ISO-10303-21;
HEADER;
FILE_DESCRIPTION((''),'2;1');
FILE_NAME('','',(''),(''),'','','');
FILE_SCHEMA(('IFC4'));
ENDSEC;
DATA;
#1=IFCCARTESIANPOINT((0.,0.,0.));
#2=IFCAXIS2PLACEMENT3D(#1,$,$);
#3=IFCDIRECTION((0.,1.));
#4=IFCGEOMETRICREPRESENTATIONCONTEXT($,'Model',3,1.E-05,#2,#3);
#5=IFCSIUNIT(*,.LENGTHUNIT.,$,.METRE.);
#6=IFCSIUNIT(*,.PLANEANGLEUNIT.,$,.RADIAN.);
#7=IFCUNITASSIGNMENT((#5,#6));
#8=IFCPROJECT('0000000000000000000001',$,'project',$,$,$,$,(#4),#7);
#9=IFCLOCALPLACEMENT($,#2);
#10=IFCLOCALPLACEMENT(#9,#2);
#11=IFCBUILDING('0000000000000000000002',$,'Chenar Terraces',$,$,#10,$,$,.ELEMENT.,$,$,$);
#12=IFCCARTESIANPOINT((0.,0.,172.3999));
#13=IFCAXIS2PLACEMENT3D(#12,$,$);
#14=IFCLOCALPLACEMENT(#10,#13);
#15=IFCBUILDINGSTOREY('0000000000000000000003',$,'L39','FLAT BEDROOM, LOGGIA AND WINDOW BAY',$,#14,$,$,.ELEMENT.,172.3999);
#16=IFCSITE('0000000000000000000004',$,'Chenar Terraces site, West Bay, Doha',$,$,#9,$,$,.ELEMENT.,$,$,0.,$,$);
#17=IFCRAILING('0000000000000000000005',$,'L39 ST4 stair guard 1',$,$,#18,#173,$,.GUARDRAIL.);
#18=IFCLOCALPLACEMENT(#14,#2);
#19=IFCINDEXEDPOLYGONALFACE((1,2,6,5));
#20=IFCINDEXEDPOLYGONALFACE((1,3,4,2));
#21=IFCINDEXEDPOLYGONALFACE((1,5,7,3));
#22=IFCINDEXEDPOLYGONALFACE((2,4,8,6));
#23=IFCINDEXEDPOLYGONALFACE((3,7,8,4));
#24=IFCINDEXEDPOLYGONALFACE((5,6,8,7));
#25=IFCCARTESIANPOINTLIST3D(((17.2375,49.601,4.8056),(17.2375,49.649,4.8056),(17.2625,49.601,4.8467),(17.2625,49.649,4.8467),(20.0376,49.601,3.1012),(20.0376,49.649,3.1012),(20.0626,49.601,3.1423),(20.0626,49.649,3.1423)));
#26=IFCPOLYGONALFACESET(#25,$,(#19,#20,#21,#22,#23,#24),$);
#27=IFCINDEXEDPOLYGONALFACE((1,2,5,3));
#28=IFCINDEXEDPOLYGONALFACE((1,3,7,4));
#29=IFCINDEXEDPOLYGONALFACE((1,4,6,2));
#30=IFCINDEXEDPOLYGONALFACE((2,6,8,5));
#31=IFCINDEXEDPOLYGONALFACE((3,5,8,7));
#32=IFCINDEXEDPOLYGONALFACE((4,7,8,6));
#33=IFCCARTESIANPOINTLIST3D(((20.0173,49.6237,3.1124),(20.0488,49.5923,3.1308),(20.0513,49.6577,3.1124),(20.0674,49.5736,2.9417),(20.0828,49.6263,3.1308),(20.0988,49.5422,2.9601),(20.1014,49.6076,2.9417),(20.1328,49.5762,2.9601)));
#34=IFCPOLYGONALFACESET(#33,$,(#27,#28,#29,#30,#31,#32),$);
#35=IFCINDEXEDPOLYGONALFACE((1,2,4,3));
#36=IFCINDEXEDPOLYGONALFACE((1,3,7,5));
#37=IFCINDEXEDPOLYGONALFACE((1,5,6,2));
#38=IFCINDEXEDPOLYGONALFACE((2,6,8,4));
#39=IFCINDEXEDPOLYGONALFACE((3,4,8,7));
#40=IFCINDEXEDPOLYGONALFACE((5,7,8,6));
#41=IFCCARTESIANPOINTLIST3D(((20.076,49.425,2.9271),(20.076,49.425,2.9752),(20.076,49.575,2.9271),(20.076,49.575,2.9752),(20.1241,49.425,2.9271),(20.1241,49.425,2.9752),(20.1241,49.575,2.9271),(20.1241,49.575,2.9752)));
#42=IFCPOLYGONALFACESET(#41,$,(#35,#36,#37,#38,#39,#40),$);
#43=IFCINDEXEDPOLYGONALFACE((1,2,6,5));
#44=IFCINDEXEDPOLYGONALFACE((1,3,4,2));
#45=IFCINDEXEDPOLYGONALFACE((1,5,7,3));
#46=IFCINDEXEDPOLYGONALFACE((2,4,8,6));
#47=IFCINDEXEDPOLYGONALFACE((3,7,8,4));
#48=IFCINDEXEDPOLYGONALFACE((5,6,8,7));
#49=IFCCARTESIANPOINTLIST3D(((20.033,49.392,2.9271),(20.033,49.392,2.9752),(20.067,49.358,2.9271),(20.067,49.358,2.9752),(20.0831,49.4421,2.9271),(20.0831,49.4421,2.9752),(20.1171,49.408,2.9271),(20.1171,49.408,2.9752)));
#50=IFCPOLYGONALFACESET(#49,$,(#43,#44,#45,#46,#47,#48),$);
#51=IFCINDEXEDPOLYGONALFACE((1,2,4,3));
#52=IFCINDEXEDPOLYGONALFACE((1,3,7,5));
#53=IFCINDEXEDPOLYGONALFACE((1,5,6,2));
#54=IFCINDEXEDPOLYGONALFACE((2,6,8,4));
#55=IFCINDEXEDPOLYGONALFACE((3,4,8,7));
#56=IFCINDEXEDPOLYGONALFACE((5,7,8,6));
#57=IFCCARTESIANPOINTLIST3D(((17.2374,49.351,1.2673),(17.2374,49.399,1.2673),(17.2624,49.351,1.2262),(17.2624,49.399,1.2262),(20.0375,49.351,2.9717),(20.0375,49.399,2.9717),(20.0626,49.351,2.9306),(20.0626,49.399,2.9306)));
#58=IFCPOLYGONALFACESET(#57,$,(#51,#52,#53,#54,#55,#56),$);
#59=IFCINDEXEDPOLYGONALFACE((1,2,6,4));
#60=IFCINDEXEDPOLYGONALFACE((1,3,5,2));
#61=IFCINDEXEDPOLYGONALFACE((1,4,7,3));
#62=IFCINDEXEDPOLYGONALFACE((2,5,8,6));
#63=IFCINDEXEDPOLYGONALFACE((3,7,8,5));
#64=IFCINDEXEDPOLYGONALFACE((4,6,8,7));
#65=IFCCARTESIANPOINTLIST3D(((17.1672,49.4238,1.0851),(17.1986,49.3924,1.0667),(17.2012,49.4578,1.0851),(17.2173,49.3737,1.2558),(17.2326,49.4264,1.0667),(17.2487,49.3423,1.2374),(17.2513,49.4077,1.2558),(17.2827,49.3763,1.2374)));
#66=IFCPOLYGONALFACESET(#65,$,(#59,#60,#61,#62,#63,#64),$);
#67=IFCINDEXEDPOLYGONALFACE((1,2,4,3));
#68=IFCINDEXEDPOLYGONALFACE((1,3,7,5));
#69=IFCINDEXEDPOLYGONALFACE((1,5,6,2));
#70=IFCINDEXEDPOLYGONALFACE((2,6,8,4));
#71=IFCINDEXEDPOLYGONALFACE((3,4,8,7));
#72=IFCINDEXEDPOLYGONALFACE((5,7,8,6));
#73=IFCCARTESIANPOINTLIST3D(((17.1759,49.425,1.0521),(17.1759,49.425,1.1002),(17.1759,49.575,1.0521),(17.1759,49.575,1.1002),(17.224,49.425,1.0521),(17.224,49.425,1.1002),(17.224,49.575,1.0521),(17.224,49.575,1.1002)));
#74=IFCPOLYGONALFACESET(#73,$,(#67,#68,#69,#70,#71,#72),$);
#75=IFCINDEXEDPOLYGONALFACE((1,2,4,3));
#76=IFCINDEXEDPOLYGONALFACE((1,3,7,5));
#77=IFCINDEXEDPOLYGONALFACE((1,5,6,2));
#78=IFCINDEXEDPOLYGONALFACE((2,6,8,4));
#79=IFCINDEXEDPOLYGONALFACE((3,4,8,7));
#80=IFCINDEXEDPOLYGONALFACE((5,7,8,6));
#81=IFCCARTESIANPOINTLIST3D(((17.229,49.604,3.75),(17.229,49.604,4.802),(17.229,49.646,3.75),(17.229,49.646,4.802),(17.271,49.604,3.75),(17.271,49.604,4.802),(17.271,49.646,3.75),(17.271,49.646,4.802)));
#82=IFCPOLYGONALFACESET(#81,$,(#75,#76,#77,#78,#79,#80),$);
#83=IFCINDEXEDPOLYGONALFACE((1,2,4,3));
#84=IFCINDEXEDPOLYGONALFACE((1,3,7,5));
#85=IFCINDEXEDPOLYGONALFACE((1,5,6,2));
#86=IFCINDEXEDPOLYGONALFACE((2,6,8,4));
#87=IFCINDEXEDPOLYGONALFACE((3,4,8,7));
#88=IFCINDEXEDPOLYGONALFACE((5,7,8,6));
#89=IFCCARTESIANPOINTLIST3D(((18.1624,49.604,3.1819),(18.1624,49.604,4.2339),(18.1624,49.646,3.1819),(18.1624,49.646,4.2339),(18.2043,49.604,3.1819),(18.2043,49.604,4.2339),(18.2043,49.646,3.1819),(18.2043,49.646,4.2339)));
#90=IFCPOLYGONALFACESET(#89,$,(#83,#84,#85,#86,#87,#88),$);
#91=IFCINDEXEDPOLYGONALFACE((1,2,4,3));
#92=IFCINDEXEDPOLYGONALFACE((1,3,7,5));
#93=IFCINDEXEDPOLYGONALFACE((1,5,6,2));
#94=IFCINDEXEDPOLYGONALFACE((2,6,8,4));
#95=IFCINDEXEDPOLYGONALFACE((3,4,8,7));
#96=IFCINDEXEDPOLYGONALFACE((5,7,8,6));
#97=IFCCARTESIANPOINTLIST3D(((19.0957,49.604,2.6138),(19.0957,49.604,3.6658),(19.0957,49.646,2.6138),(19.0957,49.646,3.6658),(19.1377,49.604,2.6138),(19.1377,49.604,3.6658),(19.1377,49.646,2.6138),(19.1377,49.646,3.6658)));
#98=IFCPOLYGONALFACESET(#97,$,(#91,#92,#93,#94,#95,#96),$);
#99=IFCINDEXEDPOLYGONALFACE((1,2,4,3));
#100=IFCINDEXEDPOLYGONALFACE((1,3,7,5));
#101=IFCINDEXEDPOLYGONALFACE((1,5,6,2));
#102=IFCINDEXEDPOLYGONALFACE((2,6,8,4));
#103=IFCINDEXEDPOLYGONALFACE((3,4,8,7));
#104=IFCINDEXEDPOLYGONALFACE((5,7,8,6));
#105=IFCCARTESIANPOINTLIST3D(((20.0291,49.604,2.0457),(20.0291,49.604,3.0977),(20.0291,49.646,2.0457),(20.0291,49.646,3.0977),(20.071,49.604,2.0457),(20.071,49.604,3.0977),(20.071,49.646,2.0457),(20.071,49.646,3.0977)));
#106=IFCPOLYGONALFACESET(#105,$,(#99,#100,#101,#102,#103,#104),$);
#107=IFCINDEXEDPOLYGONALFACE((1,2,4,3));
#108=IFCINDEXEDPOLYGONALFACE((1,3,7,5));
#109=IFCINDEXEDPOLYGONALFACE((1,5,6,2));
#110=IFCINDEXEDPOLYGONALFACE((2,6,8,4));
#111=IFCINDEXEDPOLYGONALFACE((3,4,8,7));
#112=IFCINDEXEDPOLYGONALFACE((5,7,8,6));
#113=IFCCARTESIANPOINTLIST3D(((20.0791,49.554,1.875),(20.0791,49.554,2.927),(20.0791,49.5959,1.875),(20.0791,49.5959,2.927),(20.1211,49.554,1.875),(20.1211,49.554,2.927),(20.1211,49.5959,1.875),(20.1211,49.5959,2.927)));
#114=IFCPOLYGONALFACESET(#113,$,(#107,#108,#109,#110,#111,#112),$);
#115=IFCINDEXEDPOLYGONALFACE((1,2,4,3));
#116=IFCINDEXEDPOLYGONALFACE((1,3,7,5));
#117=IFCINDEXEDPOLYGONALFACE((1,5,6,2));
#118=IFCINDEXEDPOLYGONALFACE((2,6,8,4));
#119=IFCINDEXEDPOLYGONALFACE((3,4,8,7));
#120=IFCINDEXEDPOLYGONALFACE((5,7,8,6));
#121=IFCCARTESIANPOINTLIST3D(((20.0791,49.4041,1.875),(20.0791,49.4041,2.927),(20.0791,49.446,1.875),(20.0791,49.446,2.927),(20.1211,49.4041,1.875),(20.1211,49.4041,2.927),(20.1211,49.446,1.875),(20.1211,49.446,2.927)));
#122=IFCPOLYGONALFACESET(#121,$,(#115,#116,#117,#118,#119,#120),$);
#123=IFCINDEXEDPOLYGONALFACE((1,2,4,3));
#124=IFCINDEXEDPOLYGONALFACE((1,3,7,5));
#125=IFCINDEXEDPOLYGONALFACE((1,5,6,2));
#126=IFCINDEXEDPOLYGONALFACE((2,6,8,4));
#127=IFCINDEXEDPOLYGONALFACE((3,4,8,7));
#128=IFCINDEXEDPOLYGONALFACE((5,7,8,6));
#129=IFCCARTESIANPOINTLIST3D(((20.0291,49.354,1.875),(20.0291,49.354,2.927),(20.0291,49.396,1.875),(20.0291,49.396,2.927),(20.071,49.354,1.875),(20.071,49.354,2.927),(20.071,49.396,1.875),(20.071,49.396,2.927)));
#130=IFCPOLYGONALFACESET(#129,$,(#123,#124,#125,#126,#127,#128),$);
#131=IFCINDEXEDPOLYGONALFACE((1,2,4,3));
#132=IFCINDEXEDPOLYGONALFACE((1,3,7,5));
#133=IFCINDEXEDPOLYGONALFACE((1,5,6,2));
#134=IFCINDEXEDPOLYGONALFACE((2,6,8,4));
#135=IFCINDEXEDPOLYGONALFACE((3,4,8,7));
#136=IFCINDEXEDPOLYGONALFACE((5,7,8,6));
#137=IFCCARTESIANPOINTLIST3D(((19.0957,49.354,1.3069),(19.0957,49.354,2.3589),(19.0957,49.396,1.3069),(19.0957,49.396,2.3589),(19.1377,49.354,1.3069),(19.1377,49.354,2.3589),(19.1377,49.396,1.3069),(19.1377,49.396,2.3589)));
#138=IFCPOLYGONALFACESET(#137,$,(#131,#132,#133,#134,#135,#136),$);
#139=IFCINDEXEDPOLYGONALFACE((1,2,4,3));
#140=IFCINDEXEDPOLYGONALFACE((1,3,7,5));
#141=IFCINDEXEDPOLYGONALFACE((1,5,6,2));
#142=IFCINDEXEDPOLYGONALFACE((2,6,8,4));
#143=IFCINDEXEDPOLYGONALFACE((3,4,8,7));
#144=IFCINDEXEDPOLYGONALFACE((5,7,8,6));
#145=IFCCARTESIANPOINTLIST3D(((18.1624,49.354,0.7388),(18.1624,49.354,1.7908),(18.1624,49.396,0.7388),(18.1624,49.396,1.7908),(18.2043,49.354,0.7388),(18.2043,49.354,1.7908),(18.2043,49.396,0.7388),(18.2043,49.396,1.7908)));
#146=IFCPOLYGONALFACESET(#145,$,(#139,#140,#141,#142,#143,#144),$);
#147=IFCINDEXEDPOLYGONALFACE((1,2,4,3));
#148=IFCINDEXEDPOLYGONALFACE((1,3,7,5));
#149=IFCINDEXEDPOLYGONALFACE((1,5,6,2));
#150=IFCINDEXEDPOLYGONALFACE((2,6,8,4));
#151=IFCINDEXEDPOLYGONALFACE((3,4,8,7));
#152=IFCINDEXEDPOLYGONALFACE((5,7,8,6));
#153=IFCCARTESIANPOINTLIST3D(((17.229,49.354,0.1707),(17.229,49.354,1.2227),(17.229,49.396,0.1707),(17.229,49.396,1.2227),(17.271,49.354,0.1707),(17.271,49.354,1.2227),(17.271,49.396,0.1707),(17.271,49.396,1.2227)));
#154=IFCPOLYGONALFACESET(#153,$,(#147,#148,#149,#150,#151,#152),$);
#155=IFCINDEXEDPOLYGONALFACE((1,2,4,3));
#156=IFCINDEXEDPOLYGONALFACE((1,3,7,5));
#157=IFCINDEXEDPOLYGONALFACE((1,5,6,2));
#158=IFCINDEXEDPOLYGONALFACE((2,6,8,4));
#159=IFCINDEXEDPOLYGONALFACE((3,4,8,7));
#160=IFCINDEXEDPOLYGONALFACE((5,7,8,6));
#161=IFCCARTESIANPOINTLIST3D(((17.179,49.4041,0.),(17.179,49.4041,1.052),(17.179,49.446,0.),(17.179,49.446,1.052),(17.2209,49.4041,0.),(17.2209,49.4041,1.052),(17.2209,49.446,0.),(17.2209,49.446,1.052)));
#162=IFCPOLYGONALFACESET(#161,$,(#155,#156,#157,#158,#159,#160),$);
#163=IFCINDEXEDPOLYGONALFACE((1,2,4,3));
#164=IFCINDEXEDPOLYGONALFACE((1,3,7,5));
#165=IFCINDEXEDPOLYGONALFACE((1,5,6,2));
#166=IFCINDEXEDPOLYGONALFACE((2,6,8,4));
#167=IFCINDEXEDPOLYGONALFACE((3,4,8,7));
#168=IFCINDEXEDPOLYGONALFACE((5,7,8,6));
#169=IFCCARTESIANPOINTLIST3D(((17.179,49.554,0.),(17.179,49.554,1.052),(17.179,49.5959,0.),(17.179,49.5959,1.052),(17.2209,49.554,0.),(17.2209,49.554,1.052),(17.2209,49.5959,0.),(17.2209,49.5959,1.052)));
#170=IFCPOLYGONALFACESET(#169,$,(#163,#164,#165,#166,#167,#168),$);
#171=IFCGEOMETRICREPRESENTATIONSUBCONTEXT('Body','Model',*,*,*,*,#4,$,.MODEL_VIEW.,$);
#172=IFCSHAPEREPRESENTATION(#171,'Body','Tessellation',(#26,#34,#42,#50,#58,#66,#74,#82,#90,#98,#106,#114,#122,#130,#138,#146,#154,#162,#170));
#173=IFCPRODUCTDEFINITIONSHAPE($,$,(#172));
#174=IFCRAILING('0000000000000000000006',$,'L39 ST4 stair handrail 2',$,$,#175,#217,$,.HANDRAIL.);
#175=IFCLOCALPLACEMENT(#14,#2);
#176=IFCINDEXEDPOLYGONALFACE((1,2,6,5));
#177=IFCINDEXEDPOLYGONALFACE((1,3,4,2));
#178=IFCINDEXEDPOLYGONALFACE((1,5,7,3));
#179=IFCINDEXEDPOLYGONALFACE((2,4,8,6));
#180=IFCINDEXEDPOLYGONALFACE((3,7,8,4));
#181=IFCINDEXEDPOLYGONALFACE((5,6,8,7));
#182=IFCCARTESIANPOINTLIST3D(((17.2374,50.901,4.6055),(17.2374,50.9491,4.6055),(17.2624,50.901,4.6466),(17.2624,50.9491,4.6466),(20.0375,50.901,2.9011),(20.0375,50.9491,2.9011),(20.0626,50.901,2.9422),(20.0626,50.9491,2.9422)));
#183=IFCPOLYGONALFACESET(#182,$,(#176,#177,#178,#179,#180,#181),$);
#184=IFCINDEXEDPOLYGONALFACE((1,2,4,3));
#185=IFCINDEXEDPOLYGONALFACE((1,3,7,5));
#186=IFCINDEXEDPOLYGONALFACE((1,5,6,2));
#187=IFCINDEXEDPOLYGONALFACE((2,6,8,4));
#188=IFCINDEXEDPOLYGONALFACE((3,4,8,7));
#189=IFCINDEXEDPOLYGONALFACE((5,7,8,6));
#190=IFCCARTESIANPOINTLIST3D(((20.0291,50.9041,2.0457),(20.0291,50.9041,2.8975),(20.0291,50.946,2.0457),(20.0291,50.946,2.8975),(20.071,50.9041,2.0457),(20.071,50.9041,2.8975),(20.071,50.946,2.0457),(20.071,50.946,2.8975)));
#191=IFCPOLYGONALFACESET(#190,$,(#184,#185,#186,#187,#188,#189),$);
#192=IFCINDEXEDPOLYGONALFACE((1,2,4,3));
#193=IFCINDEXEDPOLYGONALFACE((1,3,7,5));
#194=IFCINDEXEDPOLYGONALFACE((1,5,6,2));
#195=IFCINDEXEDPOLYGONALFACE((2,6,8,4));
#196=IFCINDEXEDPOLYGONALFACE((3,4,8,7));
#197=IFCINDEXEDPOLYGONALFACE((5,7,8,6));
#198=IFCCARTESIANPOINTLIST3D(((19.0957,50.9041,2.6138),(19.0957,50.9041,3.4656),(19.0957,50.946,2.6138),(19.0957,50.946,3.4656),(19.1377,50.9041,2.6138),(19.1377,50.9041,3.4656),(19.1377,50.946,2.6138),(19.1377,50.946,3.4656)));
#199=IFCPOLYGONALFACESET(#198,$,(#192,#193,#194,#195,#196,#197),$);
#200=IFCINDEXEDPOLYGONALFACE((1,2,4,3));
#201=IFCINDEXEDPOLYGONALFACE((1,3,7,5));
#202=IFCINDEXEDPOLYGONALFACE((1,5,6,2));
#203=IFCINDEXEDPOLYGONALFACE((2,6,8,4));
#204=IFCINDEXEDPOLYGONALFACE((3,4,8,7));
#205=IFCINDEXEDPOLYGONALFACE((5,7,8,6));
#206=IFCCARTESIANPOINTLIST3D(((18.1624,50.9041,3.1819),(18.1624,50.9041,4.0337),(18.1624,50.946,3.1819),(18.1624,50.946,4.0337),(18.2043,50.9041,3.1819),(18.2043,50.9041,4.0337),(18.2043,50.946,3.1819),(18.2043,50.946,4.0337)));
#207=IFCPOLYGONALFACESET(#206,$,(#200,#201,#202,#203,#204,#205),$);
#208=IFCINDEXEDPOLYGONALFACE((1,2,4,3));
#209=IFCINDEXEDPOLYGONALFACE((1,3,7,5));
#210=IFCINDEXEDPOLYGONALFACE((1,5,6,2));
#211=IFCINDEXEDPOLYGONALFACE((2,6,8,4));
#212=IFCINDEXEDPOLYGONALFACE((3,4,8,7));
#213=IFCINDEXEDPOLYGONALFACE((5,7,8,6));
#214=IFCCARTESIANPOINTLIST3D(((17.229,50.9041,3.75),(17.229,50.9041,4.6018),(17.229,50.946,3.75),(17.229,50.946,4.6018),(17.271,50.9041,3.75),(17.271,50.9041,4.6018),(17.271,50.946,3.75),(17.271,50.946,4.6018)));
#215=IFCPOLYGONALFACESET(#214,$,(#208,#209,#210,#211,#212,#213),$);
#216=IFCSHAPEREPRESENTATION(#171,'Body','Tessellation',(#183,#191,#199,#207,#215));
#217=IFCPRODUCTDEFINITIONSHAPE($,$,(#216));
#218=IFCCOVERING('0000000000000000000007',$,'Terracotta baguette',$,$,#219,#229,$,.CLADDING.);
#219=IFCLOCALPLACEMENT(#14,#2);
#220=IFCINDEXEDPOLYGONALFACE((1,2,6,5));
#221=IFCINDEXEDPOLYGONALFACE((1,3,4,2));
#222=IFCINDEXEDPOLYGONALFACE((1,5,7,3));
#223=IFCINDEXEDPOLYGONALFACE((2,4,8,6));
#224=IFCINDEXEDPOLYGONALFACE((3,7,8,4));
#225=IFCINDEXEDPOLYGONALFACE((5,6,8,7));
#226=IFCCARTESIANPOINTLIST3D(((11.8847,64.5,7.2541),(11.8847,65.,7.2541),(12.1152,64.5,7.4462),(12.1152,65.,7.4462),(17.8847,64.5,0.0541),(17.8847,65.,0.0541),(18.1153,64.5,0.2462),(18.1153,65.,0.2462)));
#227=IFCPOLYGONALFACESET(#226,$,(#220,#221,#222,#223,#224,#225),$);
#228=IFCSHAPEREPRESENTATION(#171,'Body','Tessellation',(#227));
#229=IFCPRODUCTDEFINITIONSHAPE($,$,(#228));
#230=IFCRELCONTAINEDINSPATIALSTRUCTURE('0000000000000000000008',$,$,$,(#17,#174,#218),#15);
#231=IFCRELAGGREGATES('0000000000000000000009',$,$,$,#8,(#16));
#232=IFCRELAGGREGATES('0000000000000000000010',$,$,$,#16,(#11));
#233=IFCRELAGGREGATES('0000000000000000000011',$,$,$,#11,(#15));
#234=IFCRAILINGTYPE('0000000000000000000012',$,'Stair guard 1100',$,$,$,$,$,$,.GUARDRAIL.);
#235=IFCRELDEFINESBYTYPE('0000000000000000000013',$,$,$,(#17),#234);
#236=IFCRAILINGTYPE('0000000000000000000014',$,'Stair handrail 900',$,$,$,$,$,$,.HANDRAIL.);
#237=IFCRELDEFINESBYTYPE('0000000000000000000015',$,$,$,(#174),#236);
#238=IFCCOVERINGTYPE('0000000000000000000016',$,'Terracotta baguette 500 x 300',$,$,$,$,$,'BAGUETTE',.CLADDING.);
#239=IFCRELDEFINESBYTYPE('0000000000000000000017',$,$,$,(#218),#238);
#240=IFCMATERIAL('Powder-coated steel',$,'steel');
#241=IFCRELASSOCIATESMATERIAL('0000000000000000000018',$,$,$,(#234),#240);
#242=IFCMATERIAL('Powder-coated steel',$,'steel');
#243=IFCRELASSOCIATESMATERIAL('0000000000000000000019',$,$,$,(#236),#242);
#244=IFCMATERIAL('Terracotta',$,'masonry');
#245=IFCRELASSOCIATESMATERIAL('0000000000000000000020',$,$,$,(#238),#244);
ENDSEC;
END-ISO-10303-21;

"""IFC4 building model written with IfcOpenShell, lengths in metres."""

from ifc_helpers import new_model, si_unit, direction, frame, origin, origin_2d, place, context, subcontext, project, spatial, rectangle, extrude, material, material_profile, profile_set, type_object, element, save


model = new_model("IFC4")

# Units and contexts
model_context = context("Model", 3, precision=1e-05, world=origin(), true_north=direction((0.0, 1.0)))
body_context = subcontext(model_context, "Body", "Model", "MODEL_VIEW")
ifc_project = project(units=[si_unit("LENGTHUNIT", "METRE"), si_unit("PLANEANGLEUNIT", "RADIAN")], contexts=[model_context])

# Site, building, storey
site_placement = place(None, origin())
site = spatial("IfcSite", under=ifc_project, at=site_placement, Name="Chenar Terraces site, West Bay, Doha", CompositionType="ELEMENT", RefElevation=0.0)
building_placement = place(site_placement, origin())
building = spatial("IfcBuilding", under=site, at=building_placement, Name="Chenar Terraces", CompositionType="ELEMENT")
storey_placement = place(building_placement, frame((0.0, 0.0, 172.3999)))
storey = spatial("IfcBuildingStorey", under=building, at=storey_placement, Name="L39", Description="FLAT BEDROOM, LOGGIA AND WINDOW BAY", CompositionType="ELEMENT", Elevation=172.3999)

# Railings
ifc_material_1 = material(Name="Powder-coated steel", Category="steel")
railing_type_1 = type_object("IfcRailingType", Name="Stair guard 1100", PredefinedType="GUARDRAIL", material=ifc_material_1)
railing_1_placement = place(storey_placement, frame((17.25, 49.625, 3.75)))
element("IfcRailing", 1, at=railing_1_placement, inside=storey, type_object=railing_type_1, Name="L39 ST4 stair guard 1", PredefinedType="GUARDRAIL", context=body_context, shape_type="SweptSolid", body=[
    extrude(rectangle(XDim=0.0481, YDim=0.0481, at=origin_2d()), frame((0.0, 0.0, 1.0762), z_axis=(0.854203, 0.0, -0.51994), x_axis=(0.0, 1.0, 0.0)), (0.0, 0.0, 1.0), 3.2781),
    extrude(rectangle(XDim=0.0481, YDim=0.0481, at=origin_2d()), frame((2.8, 0.0, -0.6284), z_axis=(0.2709, -0.2709, -0.923703), x_axis=(0.707107, 0.707107, 0.0)), (0.0, 0.0, 1.0), 0.1848),
    extrude(rectangle(XDim=0.0481, YDim=0.0481, at=origin_2d()), frame((2.8501, -0.05, -0.7988), z_axis=(0.0, -1.0, 0.0), x_axis=(1.0, 0.0, 0.0)), (0.0, 0.0, 1.0), 0.1499),
    extrude(rectangle(XDim=0.0481, YDim=0.0481, at=origin_2d()), frame((2.8501, -0.2, -0.7988), z_axis=(-0.707107, -0.707107, 0.0), x_axis=(0.707107, -0.707107, 0.0)), (0.0, 0.0, 1.0), 0.0708),
    extrude(rectangle(XDim=0.0481, YDim=0.0481, at=origin_2d()), frame((2.8, -0.25, -0.7988), z_axis=(-0.854203, 0.0, -0.51994), x_axis=(0.0, -1.0, 0.0)), (0.0, 0.0, 1.0), 3.2781),
    extrude(rectangle(XDim=0.0481, YDim=0.0481, at=origin_2d()), frame((0.0, -0.25, -2.5034), z_axis=(-0.2709, 0.2709, -0.923703), x_axis=(-0.707107, -0.707107, 0.0)), (0.0, 0.0, 1.0), 0.1848),
    extrude(rectangle(XDim=0.0481, YDim=0.0481, at=origin_2d()), frame((-0.05, -0.2, -2.6738), z_axis=(0.0, 1.0, 0.0), x_axis=(-1.0, 0.0, 0.0)), (0.0, 0.0, 1.0), 0.1499),
    extrude(rectangle(XDim=0.042, YDim=0.042, at=origin_2d()), origin(), (0.0, 0.0, 1.0), 1.052),
    extrude(rectangle(XDim=0.042, YDim=0.042, at=origin_2d()), frame((0.9333, 0.0, -0.5681)), (0.0, 0.0, 1.0), 1.052),
    extrude(rectangle(XDim=0.042, YDim=0.042, at=origin_2d()), frame((1.8667, 0.0, -1.1362)), (0.0, 0.0, 1.0), 1.052),
    extrude(rectangle(XDim=0.042, YDim=0.042, at=origin_2d()), frame((2.8, 0.0, -1.7043)), (0.0, 0.0, 1.0), 1.052),
    extrude(rectangle(XDim=0.042, YDim=0.042, at=origin_2d()), frame((2.8501, -0.05, -1.875)), (0.0, 0.0, 1.0), 1.052),
    extrude(rectangle(XDim=0.042, YDim=0.042, at=origin_2d()), frame((2.8501, -0.2, -1.875)), (0.0, 0.0, 1.0), 1.052),
    extrude(rectangle(XDim=0.042, YDim=0.042, at=origin_2d()), frame((2.8, -0.25, -1.875)), (0.0, 0.0, 1.0), 1.052),
    extrude(rectangle(XDim=0.042, YDim=0.042, at=origin_2d()), frame((1.8667, -0.25, -2.4431)), (0.0, 0.0, 1.0), 1.052),
    extrude(rectangle(XDim=0.042, YDim=0.042, at=origin_2d()), frame((0.9333, -0.25, -3.0112)), (0.0, 0.0, 1.0), 1.052),
    extrude(rectangle(XDim=0.042, YDim=0.042, at=origin_2d()), frame((0.0, -0.25, -3.5793)), (0.0, 0.0, 1.0), 1.052),
    extrude(rectangle(XDim=0.042, YDim=0.042, at=origin_2d()), frame((-0.05, -0.2, -3.75)), (0.0, 0.0, 1.0), 1.052),
    extrude(rectangle(XDim=0.042, YDim=0.042, at=origin_2d()), frame((-0.05, -0.05, -3.75)), (0.0, 0.0, 1.0), 1.052),
])
ifc_material_2 = material(Name="Powder-coated steel", Category="steel")
railing_type_2 = type_object("IfcRailingType", Name="Stair handrail 900", PredefinedType="HANDRAIL", material=ifc_material_2)
railing_2_placement = place(storey_placement, frame((20.05, 50.925, 2.0457)))
element("IfcRailing", 2, at=railing_2_placement, inside=storey, type_object=railing_type_2, Name="L39 ST4 stair handrail 2", PredefinedType="HANDRAIL", context=body_context, shape_type="SweptSolid", body=[
    extrude(rectangle(XDim=0.0481, YDim=0.0481, at=origin_2d()), frame((0.0, 0.0, 0.876), z_axis=(-0.854203, 0.0, 0.51994), x_axis=(0.0, -1.0, 0.0)), (0.0, 0.0, 1.0), 3.2781),
    extrude(rectangle(XDim=0.042, YDim=0.042, at=origin_2d()), origin(), (0.0, 0.0, 1.0), 0.8518),
    extrude(rectangle(XDim=0.042, YDim=0.042, at=origin_2d()), frame((-0.9333, 0.0, 0.5681)), (0.0, 0.0, 1.0), 0.8518),
    extrude(rectangle(XDim=0.042, YDim=0.042, at=origin_2d()), frame((-1.8667, 0.0, 1.1362)), (0.0, 0.0, 1.0), 0.8518),
    extrude(rectangle(XDim=0.042, YDim=0.042, at=origin_2d()), frame((-2.8, 0.0, 1.7043)), (0.0, 0.0, 1.0), 0.8518),
])

# Covering
ifc_material_3 = material(Name="Terracotta", Category="masonry")
ifc_material_profile_1 = material_profile(ifc_material_3, rectangle(XDim=0.5, YDim=0.3, at=origin_2d()), Name="Terracotta baguette 500 x 300")
ifc_profile_set_1 = profile_set([ifc_material_profile_1], Name="Terracotta")
covering_type = type_object("IfcCoveringType", Name="Terracotta baguette 500 x 300", ElementType="BAGUETTE", PredefinedType="CLADDING", material=ifc_profile_set_1)
for number, where, z_axis, x_axis, name in (
    (3, (18.0, 64.75, 0.1501), (-0.640187, 0.0, 0.768219), (0.0, -1.0, 0.0), "Terracotta baguette"),
):
    element("IfcCovering", number, at=place(storey_placement, frame(where, z_axis=z_axis, x_axis=x_axis)), inside=storey, type_object=covering_type, Name=name, PredefinedType="CLADDING", context=body_context, shape_type="SweptSolid", body=[
        extrude(rectangle(XDim=0.5, YDim=0.3, at=origin_2d()), origin(), (0.0, 0.0, 1.0), 9.3723),
    ])

save(model, "model.ifc")
